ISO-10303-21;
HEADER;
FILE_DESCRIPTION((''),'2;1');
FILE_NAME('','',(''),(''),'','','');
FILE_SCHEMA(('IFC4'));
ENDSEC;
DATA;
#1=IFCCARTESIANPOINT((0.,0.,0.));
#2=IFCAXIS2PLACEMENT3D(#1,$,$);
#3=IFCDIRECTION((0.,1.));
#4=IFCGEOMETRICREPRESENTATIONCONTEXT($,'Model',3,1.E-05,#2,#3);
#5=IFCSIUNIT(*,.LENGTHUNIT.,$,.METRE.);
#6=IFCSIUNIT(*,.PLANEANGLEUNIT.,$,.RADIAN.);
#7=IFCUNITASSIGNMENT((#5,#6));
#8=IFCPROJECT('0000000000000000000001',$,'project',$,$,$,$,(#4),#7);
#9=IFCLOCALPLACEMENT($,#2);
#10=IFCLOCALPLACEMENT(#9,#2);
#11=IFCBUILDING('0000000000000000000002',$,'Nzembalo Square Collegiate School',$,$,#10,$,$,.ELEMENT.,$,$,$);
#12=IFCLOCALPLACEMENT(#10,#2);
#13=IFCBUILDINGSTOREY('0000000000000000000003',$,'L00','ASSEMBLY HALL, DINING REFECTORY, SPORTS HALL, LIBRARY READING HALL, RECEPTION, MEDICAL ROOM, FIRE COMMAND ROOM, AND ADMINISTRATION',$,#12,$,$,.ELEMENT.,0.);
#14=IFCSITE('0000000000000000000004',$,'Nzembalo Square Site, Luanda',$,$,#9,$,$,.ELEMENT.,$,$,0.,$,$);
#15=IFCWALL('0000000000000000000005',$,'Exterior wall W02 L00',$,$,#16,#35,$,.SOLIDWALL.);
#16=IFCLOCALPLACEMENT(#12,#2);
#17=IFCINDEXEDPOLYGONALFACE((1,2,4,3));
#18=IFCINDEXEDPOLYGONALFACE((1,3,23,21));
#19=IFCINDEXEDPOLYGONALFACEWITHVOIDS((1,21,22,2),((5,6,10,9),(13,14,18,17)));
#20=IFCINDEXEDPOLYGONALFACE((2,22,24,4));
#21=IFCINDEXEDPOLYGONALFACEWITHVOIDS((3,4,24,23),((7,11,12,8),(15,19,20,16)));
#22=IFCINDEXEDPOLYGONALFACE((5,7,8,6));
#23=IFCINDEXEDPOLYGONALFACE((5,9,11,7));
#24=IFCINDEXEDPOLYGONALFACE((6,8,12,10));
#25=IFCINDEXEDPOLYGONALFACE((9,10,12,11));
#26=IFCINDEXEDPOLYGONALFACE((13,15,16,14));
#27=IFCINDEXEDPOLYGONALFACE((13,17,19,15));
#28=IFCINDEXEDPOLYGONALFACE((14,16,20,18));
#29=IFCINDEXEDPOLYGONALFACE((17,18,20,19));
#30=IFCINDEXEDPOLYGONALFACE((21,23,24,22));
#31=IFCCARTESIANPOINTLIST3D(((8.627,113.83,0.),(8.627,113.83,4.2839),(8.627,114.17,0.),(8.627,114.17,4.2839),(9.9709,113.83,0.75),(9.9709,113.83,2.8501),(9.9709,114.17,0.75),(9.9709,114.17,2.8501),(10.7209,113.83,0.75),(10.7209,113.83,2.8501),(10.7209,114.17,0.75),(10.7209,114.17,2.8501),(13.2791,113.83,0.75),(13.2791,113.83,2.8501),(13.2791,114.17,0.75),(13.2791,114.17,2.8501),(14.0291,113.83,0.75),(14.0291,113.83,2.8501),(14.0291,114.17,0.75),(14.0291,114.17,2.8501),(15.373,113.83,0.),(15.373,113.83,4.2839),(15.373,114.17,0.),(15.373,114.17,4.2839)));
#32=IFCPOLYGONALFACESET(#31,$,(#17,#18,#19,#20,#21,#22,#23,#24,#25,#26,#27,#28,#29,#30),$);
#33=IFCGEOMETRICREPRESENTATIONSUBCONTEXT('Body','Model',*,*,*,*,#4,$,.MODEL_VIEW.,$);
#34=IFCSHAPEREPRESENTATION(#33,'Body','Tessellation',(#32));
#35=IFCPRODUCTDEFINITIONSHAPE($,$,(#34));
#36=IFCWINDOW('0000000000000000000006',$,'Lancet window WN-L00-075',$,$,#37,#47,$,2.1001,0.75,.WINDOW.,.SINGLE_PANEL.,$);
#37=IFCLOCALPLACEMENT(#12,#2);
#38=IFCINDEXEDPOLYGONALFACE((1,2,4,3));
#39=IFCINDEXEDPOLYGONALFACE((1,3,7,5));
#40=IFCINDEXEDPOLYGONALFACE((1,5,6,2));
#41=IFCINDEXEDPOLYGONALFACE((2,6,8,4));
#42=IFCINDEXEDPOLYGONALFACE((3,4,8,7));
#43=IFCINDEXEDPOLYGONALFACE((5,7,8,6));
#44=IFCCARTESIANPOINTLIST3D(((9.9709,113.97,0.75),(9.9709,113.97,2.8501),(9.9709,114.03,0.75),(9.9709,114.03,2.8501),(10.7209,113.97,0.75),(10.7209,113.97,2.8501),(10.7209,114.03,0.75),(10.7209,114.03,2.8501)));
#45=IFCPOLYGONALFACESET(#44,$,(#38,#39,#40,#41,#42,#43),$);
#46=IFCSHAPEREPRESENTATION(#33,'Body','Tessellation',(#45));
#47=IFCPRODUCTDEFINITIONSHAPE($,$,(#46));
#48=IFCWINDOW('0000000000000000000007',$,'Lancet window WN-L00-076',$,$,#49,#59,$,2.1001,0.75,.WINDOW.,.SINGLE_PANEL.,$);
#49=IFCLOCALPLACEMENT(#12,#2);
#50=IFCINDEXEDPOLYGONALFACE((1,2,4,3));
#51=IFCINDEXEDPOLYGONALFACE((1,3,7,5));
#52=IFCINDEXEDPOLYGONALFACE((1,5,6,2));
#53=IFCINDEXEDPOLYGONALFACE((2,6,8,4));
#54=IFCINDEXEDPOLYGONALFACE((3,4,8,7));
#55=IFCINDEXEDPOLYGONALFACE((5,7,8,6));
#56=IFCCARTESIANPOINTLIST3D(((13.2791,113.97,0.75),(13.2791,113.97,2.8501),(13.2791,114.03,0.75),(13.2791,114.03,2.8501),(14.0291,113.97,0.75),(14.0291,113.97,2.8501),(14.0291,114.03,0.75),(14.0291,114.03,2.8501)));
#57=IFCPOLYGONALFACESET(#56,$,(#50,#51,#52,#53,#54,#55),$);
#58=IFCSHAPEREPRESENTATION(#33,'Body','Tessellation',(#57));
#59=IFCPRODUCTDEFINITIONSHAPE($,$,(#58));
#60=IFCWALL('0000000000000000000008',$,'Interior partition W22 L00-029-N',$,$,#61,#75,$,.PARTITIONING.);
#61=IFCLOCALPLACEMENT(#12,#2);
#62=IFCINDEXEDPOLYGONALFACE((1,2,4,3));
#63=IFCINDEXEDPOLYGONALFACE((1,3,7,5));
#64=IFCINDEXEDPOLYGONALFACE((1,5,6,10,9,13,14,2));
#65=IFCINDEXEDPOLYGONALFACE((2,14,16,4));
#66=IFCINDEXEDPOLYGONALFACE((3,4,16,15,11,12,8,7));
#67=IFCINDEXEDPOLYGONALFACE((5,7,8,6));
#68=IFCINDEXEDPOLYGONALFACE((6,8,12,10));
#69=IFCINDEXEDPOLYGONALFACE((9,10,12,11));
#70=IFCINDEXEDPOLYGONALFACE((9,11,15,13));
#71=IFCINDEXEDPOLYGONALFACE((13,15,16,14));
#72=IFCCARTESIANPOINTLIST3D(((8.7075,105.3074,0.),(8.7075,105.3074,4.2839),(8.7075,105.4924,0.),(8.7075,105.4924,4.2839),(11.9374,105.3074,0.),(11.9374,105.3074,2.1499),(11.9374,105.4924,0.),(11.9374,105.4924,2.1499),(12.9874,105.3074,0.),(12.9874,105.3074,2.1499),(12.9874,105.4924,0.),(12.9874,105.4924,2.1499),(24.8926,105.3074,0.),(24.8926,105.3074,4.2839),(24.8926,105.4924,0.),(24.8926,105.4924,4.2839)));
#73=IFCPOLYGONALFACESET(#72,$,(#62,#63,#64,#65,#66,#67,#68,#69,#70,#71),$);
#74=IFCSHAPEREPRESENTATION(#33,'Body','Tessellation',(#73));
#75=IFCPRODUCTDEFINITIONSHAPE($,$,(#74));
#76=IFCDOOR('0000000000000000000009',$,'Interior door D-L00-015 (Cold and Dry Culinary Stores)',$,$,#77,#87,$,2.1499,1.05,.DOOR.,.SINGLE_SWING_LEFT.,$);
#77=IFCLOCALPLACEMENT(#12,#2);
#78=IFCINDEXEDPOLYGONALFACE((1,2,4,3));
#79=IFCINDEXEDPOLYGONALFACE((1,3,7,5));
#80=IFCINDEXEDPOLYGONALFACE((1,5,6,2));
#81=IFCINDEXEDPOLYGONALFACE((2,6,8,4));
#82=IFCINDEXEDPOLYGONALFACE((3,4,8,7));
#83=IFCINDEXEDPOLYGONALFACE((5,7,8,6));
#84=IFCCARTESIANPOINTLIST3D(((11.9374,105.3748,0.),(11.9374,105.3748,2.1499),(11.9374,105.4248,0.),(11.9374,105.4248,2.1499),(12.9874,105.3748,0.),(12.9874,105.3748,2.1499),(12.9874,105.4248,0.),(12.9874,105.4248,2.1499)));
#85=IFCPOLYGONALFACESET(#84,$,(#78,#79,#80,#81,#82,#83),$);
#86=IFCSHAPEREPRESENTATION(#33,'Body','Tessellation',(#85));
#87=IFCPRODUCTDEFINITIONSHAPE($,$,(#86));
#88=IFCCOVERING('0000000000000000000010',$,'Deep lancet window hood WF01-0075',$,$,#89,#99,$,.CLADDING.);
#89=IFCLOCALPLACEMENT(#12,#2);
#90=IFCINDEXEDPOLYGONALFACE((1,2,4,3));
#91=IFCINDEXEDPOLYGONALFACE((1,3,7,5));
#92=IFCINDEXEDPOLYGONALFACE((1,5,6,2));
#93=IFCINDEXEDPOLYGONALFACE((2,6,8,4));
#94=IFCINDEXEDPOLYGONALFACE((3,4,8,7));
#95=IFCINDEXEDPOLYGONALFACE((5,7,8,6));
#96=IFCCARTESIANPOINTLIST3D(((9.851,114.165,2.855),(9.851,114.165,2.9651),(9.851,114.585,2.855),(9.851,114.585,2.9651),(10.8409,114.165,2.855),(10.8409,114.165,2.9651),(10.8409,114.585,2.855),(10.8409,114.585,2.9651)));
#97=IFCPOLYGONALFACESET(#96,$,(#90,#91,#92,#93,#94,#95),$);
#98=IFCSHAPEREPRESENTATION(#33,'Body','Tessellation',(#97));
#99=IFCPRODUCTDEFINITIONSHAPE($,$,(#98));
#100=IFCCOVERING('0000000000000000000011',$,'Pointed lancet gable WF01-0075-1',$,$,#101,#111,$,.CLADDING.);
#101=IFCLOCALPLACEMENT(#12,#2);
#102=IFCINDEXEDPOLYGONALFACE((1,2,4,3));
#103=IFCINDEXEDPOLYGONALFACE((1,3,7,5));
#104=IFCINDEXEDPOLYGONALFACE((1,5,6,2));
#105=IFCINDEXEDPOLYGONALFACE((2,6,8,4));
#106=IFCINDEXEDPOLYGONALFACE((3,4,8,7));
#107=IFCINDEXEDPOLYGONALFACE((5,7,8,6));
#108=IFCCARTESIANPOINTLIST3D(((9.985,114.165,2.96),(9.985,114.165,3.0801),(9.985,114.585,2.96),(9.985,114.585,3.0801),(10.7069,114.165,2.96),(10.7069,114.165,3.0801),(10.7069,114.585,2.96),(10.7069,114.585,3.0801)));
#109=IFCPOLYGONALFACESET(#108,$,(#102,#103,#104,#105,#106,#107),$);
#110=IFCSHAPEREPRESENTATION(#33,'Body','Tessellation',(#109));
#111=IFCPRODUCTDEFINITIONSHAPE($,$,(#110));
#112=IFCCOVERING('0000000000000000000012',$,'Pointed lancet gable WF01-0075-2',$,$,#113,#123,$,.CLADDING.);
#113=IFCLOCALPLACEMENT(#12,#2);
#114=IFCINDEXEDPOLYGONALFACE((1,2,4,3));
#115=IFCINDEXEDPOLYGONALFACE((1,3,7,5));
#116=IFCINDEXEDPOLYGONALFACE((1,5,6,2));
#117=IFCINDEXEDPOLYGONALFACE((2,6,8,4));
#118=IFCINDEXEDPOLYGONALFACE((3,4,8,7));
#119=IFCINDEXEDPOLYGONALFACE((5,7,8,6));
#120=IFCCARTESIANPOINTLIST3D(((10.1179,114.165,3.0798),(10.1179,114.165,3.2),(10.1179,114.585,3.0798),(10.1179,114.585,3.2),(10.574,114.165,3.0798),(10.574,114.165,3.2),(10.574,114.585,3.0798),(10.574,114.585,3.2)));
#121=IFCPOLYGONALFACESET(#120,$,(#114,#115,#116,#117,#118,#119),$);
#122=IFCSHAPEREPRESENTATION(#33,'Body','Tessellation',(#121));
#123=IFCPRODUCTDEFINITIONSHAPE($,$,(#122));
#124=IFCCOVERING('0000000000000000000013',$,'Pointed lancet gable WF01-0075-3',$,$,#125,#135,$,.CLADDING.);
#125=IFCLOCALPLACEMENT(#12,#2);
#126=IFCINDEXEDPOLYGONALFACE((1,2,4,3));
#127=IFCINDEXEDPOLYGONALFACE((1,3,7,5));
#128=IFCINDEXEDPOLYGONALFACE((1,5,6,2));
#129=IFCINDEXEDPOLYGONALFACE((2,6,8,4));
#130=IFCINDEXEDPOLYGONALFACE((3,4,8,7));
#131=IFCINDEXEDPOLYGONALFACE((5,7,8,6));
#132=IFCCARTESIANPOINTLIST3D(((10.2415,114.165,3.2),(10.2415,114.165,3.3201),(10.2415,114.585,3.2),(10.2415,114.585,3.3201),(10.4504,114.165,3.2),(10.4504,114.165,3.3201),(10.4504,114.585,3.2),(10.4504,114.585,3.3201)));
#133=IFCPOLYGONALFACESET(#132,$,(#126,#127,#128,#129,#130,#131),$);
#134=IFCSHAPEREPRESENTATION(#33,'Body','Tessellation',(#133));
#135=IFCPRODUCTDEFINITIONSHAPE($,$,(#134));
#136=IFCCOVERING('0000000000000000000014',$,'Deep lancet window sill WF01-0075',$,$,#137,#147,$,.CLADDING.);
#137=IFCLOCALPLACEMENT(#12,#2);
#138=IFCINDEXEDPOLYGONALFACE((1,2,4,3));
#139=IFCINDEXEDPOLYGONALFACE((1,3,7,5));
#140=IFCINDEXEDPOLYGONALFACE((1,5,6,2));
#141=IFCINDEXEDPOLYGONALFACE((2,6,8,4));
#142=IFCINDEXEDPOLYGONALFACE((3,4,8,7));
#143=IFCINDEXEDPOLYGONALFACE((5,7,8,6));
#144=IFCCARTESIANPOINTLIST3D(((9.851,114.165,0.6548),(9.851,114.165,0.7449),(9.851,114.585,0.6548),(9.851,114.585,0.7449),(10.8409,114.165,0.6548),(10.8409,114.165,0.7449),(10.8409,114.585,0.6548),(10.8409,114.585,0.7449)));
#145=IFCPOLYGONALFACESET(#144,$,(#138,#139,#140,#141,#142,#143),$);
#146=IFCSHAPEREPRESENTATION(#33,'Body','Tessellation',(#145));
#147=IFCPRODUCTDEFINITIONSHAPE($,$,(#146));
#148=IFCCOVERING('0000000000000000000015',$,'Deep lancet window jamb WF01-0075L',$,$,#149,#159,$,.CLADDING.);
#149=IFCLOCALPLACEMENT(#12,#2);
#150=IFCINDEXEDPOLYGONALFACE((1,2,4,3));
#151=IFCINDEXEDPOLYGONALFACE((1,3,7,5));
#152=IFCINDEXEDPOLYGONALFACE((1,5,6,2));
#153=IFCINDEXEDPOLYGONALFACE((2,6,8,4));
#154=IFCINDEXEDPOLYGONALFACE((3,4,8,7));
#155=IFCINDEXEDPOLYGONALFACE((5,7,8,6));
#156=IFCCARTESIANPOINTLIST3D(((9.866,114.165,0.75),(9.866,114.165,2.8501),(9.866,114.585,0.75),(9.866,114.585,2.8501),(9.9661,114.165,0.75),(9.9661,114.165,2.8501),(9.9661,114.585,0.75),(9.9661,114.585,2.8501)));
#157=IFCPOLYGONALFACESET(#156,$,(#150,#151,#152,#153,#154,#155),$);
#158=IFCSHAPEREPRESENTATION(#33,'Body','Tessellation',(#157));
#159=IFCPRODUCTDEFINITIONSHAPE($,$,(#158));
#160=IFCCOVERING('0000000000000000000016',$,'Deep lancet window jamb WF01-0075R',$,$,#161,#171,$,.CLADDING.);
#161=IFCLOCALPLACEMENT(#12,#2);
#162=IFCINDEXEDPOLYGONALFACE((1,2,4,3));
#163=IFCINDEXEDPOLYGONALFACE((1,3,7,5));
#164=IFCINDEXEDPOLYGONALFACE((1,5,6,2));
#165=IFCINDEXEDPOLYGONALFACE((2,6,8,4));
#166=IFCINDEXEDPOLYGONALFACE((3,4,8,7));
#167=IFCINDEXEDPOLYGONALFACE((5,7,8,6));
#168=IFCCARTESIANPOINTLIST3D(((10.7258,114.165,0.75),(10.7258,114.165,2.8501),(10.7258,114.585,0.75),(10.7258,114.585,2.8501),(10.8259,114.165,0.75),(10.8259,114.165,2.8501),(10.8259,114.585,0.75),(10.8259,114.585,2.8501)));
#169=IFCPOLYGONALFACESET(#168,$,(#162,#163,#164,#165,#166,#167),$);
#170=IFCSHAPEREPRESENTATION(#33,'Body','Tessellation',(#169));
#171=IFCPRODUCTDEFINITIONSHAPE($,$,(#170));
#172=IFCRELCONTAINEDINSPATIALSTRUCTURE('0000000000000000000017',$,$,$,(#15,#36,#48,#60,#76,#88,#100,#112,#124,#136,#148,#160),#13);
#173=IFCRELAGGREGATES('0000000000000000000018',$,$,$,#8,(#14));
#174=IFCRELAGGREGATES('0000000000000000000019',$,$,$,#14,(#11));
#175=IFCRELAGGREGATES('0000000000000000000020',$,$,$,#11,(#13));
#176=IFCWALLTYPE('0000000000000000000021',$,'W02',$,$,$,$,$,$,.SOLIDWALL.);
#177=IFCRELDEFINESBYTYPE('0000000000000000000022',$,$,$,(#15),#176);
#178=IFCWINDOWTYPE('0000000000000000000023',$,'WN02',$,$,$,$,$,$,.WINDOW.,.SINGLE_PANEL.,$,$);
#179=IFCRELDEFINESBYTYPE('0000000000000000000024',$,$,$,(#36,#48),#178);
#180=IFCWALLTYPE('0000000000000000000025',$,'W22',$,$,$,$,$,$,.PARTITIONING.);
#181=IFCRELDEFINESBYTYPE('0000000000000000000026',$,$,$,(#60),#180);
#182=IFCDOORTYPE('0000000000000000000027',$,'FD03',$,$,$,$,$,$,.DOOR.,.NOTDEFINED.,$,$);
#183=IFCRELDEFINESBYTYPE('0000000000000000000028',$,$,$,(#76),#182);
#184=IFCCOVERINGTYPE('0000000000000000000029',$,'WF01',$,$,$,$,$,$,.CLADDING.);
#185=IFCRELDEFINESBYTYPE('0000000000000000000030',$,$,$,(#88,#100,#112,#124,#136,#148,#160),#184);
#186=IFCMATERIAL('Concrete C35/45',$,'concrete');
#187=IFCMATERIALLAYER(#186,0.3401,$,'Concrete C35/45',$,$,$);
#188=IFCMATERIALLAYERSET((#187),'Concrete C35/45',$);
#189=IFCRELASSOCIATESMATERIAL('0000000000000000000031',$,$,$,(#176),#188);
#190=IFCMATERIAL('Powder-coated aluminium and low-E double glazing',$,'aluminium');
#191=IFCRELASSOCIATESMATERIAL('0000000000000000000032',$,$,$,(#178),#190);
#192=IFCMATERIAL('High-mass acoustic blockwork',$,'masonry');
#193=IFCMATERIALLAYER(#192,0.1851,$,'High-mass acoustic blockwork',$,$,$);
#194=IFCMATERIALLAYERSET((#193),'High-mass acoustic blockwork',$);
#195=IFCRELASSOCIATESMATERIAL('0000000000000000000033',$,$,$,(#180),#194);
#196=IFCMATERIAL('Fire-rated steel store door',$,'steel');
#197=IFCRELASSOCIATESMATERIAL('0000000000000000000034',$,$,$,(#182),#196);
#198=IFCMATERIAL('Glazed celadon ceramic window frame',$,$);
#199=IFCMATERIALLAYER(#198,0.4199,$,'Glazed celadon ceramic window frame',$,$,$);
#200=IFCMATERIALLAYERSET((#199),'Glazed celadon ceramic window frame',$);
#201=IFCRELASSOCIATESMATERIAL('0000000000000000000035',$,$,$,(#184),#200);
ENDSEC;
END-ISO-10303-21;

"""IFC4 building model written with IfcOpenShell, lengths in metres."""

from ifc_helpers import new_model, si_unit, direction, frame, frame_2d, origin, origin_2d, place, context, subcontext, project, spatial, rectangle, extrude, material, layer, layer_set, type_object, element, fill, save


model = new_model("IFC4")

# Units and contexts
model_context = context("Model", 3, precision=1e-05, world=origin(), true_north=direction((0.0, 1.0)))
body_context = subcontext(model_context, "Body", "Model", "MODEL_VIEW")
ifc_project = project(units=[si_unit("LENGTHUNIT", "METRE"), si_unit("PLANEANGLEUNIT", "RADIAN")], contexts=[model_context])

# Site, building, storey
site_placement = place(None, origin())
site = spatial("IfcSite", under=ifc_project, at=site_placement, Name="Nzembalo Square Site, Luanda", CompositionType="ELEMENT", RefElevation=0.0)
building_placement = place(site_placement, origin())
building = spatial("IfcBuilding", under=site, at=building_placement, Name="Nzembalo Square Collegiate School", CompositionType="ELEMENT")
storey_placement = place(building_placement, origin())
storey = spatial("IfcBuildingStorey", under=building, at=storey_placement, Name="L00", Description="ASSEMBLY HALL, DINING REFECTORY, SPORTS HALL, LIBRARY READING HALL, RECEPTION, MEDICAL ROOM, FIRE COMMAND ROOM, AND ADMINISTRATION", CompositionType="ELEMENT", Elevation=0.0)

# Wall, openings, windows
ifc_material_1 = material(Name="Concrete C35/45", Category="concrete")
ifc_layer_1 = layer(ifc_material_1, 0.3401, Name="Concrete C35/45")
ifc_layer_set_1 = layer_set([ifc_layer_1], Name="Concrete C35/45")
wall_type_1 = type_object("IfcWallType", Name="W02", PredefinedType="SOLIDWALL", material=ifc_layer_set_1)
wall_1_placement = place(storey_placement, frame((8.627, 114.0, 0.0), z_axis=(0.0, 0.0, 1.0), x_axis=(1.0, 0.0, 0.0)))
wall_1 = element("IfcWall", 1, at=wall_1_placement, inside=storey, type_object=wall_type_1, Name="Exterior wall W02 L00", PredefinedType="SOLIDWALL", context=body_context, shape_type="SweptSolid", body=[
    extrude(rectangle(XDim=6.7461, YDim=0.3401, at=frame_2d((3.373, 0.0))), origin(), (0.0, 0.0, 1.0), 4.2839),
])
opening_1_placement = place(wall_1_placement, frame((1.344, 0.0, 0.75)))
opening_1 = element("IfcOpeningElement", 2, at=opening_1_placement, cuts=wall_1, PredefinedType="OPENING", context=body_context, shape_type="SweptSolid", body=[
    extrude(rectangle(XDim=0.75, YDim=2.1001, at=frame_2d((0.375, 1.05))), frame((0.0, 0.1802, 0.0), z_axis=(0.0, -1.0, 0.0), x_axis=(1.0, 0.0, 0.0)), (0.0, 0.0, 1.0), 0.3601),
])
opening_2_placement = place(wall_1_placement, frame((4.6521, 0.0, 0.75)))
opening_2 = element("IfcOpeningElement", 3, at=opening_2_placement, cuts=wall_1, PredefinedType="OPENING", context=body_context, shape_type="SweptSolid", body=[
    extrude(rectangle(XDim=0.75, YDim=2.1001, at=frame_2d((0.375, 1.05))), frame((0.0, 0.1802, 0.0), z_axis=(0.0, -1.0, 0.0), x_axis=(1.0, 0.0, 0.0)), (0.0, 0.0, 1.0), 0.3601),
])
ifc_material_2 = material(Name="Powder-coated aluminium and low-E double glazing", Category="aluminium")
window_type_1 = type_object("IfcWindowType", Name="WN02", PartitioningType="SINGLE_PANEL", PredefinedType="WINDOW", material=ifc_material_2)
window_1_placement = place(opening_1_placement, origin())
window_1 = element("IfcWindow", 4, at=window_1_placement, inside=storey, type_object=window_type_1, Name="Lancet window WN-L00-075", OverallHeight=2.1001, OverallWidth=0.75, PartitioningType="SINGLE_PANEL", PredefinedType="WINDOW", context=body_context, shape_type="SweptSolid", body=[
    extrude(rectangle(XDim=0.75, YDim=2.1001, at=frame_2d((0.375, 1.05))), frame((0.0, 0.03, 0.0), z_axis=(0.0, -1.0, 0.0), x_axis=(1.0, 0.0, 0.0)), (0.0, 0.0, 1.0), 0.0601),
])
fill(opening_1, window_1)
window_2_placement = place(opening_2_placement, origin())
window_2 = element("IfcWindow", 5, at=window_2_placement, inside=storey, type_object=window_type_1, Name="Lancet window WN-L00-076", OverallHeight=2.1001, OverallWidth=0.75, PartitioningType="SINGLE_PANEL", PredefinedType="WINDOW", context=body_context, shape_type="SweptSolid", body=[
    extrude(rectangle(XDim=0.75, YDim=2.1001, at=frame_2d((0.375, 1.05))), frame((0.0, 0.03, 0.0), z_axis=(0.0, -1.0, 0.0), x_axis=(1.0, 0.0, 0.0)), (0.0, 0.0, 1.0), 0.0601),
])
fill(opening_2, window_2)

# Wall, opening, door
ifc_material_3 = material(Name="High-mass acoustic blockwork", Category="masonry")
ifc_layer_2 = layer(ifc_material_3, 0.1851, Name="High-mass acoustic blockwork")
ifc_layer_set_2 = layer_set([ifc_layer_2], Name="High-mass acoustic blockwork")
wall_type_2 = type_object("IfcWallType", Name="W22", PredefinedType="PARTITIONING", material=ifc_layer_set_2)
wall_2_placement = place(storey_placement, frame((8.7075, 105.3999, 0.0), z_axis=(0.0, 0.0, 1.0), x_axis=(1.0, 0.0, 0.0)))
wall_2 = element("IfcWall", 6, at=wall_2_placement, inside=storey, type_object=wall_type_2, Name="Interior partition W22 L00-029-N", PredefinedType="PARTITIONING", context=body_context, shape_type="SweptSolid", body=[
    extrude(rectangle(XDim=16.1851, YDim=0.1851, at=frame_2d((8.0925, 0.0))), origin(), (0.0, 0.0, 1.0), 4.2839),
])
opening_3_placement = place(wall_2_placement, frame((3.23, 0.0, 0.0)))
opening_3 = element("IfcOpeningElement", 7, at=opening_3_placement, cuts=wall_2, PredefinedType="OPENING", context=body_context, shape_type="SweptSolid", body=[
    extrude(rectangle(XDim=1.05, YDim=2.1499, at=frame_2d((0.5249, 1.075))), frame((0.0, 0.1025, 0.0), z_axis=(0.0, -1.0, 0.0), x_axis=(1.0, 0.0, 0.0)), (0.0, 0.0, 1.0), 0.2051),
])
ifc_material_4 = material(Name="Fire-rated steel store door", Category="steel")
door_type = type_object("IfcDoorType", Name="FD03", OperationType="NOTDEFINED", PredefinedType="DOOR", material=ifc_material_4)
door_placement = place(opening_3_placement, origin())
door = element("IfcDoor", 8, at=door_placement, inside=storey, type_object=door_type, Name="Interior door D-L00-015 (Cold and Dry Culinary Stores)", OperationType="SINGLE_SWING_LEFT", OverallHeight=2.1499, OverallWidth=1.05, PredefinedType="DOOR", context=body_context, shape_type="SweptSolid", body=[
    extrude(rectangle(XDim=1.05, YDim=2.1499, at=frame_2d((0.5249, 1.075))), frame((0.0, 0.0249, 0.0), z_axis=(0.0, -1.0, 0.0), x_axis=(1.0, 0.0, 0.0)), (0.0, 0.0, 1.0), 0.05),
])
fill(opening_3, door)

# Coverings
ifc_material_5 = material(Name="Glazed celadon ceramic window frame")
ifc_layer_3 = layer(ifc_material_5, 0.4199, Name="Glazed celadon ceramic window frame")
ifc_layer_set_3 = layer_set([ifc_layer_3], Name="Glazed celadon ceramic window frame")
covering_type = type_object("IfcCoveringType", Name="WF01", PredefinedType="CLADDING", material=ifc_layer_set_3)
covering_1_placement = place(storey_placement, frame((10.3459, 114.375, 2.855), z_axis=(0.0, 0.0, 1.0), x_axis=(1.0, 0.0, 0.0)))
element("IfcCovering", 9, at=covering_1_placement, inside=storey, type_object=covering_type, Name="Deep lancet window hood WF01-0075", PredefinedType="CLADDING", context=body_context, shape_type="SweptSolid", body=[
    extrude(rectangle(XDim=0.99, YDim=0.4199, at=origin_2d()), origin(), (0.0, 0.0, 1.0), 0.1101),
])
covering_2_placement = place(storey_placement, frame((10.3459, 114.375, 2.96), z_axis=(0.0, 0.0, 1.0), x_axis=(1.0, 0.0, 0.0)))
element("IfcCovering", 10, at=covering_2_placement, inside=storey, type_object=covering_type, Name="Pointed lancet gable WF01-0075-1", PredefinedType="CLADDING", context=body_context, shape_type="SweptSolid", body=[
    extrude(rectangle(XDim=0.7219, YDim=0.4199, at=origin_2d()), origin(), (0.0, 0.0, 1.0), 0.1201),
])
covering_3_placement = place(storey_placement, frame((10.3459, 114.375, 3.0798), z_axis=(0.0, 0.0, 1.0), x_axis=(1.0, 0.0, 0.0)))
element("IfcCovering", 11, at=covering_3_placement, inside=storey, type_object=covering_type, Name="Pointed lancet gable WF01-0075-2", PredefinedType="CLADDING", context=body_context, shape_type="SweptSolid", body=[
    extrude(rectangle(XDim=0.4561, YDim=0.4199, at=origin_2d()), origin(), (0.0, 0.0, 1.0), 0.1201),
])
covering_4_placement = place(storey_placement, frame((10.3459, 114.375, 3.2), z_axis=(0.0, 0.0, 1.0), x_axis=(1.0, 0.0, 0.0)))
element("IfcCovering", 12, at=covering_4_placement, inside=storey, type_object=covering_type, Name="Pointed lancet gable WF01-0075-3", PredefinedType="CLADDING", context=body_context, shape_type="SweptSolid", body=[
    extrude(rectangle(XDim=0.209, YDim=0.4199, at=origin_2d()), origin(), (0.0, 0.0, 1.0), 0.1201),
])
covering_5_placement = place(storey_placement, frame((10.3459, 114.375, 0.6548), z_axis=(0.0, 0.0, 1.0), x_axis=(1.0, 0.0, 0.0)))
element("IfcCovering", 13, at=covering_5_placement, inside=storey, type_object=covering_type, Name="Deep lancet window sill WF01-0075", PredefinedType="CLADDING", context=body_context, shape_type="SweptSolid", body=[
    extrude(rectangle(XDim=0.99, YDim=0.4199, at=origin_2d()), origin(), (0.0, 0.0, 1.0), 0.0901),
])
for number, where, z_axis, x_axis, name in (
    (14, (9.916, 114.375, 0.75), (0.0, 0.0, 1.0), (1.0, 0.0, 0.0), "Deep lancet window jamb WF01-0075L"),
    (15, (10.7759, 114.375, 0.75), (0.0, 0.0, 1.0), (1.0, 0.0, 0.0), "Deep lancet window jamb WF01-0075R"),
):
    element("IfcCovering", number, at=place(storey_placement, frame(where, z_axis=z_axis, x_axis=x_axis)), inside=storey, type_object=covering_type, Name=name, PredefinedType="CLADDING", context=body_context, shape_type="SweptSolid", body=[
        extrude(rectangle(XDim=0.1001, YDim=0.4199, at=origin_2d()), origin(), (0.0, 0.0, 1.0), 2.1001),
    ])

save(model, "model.ifc")
